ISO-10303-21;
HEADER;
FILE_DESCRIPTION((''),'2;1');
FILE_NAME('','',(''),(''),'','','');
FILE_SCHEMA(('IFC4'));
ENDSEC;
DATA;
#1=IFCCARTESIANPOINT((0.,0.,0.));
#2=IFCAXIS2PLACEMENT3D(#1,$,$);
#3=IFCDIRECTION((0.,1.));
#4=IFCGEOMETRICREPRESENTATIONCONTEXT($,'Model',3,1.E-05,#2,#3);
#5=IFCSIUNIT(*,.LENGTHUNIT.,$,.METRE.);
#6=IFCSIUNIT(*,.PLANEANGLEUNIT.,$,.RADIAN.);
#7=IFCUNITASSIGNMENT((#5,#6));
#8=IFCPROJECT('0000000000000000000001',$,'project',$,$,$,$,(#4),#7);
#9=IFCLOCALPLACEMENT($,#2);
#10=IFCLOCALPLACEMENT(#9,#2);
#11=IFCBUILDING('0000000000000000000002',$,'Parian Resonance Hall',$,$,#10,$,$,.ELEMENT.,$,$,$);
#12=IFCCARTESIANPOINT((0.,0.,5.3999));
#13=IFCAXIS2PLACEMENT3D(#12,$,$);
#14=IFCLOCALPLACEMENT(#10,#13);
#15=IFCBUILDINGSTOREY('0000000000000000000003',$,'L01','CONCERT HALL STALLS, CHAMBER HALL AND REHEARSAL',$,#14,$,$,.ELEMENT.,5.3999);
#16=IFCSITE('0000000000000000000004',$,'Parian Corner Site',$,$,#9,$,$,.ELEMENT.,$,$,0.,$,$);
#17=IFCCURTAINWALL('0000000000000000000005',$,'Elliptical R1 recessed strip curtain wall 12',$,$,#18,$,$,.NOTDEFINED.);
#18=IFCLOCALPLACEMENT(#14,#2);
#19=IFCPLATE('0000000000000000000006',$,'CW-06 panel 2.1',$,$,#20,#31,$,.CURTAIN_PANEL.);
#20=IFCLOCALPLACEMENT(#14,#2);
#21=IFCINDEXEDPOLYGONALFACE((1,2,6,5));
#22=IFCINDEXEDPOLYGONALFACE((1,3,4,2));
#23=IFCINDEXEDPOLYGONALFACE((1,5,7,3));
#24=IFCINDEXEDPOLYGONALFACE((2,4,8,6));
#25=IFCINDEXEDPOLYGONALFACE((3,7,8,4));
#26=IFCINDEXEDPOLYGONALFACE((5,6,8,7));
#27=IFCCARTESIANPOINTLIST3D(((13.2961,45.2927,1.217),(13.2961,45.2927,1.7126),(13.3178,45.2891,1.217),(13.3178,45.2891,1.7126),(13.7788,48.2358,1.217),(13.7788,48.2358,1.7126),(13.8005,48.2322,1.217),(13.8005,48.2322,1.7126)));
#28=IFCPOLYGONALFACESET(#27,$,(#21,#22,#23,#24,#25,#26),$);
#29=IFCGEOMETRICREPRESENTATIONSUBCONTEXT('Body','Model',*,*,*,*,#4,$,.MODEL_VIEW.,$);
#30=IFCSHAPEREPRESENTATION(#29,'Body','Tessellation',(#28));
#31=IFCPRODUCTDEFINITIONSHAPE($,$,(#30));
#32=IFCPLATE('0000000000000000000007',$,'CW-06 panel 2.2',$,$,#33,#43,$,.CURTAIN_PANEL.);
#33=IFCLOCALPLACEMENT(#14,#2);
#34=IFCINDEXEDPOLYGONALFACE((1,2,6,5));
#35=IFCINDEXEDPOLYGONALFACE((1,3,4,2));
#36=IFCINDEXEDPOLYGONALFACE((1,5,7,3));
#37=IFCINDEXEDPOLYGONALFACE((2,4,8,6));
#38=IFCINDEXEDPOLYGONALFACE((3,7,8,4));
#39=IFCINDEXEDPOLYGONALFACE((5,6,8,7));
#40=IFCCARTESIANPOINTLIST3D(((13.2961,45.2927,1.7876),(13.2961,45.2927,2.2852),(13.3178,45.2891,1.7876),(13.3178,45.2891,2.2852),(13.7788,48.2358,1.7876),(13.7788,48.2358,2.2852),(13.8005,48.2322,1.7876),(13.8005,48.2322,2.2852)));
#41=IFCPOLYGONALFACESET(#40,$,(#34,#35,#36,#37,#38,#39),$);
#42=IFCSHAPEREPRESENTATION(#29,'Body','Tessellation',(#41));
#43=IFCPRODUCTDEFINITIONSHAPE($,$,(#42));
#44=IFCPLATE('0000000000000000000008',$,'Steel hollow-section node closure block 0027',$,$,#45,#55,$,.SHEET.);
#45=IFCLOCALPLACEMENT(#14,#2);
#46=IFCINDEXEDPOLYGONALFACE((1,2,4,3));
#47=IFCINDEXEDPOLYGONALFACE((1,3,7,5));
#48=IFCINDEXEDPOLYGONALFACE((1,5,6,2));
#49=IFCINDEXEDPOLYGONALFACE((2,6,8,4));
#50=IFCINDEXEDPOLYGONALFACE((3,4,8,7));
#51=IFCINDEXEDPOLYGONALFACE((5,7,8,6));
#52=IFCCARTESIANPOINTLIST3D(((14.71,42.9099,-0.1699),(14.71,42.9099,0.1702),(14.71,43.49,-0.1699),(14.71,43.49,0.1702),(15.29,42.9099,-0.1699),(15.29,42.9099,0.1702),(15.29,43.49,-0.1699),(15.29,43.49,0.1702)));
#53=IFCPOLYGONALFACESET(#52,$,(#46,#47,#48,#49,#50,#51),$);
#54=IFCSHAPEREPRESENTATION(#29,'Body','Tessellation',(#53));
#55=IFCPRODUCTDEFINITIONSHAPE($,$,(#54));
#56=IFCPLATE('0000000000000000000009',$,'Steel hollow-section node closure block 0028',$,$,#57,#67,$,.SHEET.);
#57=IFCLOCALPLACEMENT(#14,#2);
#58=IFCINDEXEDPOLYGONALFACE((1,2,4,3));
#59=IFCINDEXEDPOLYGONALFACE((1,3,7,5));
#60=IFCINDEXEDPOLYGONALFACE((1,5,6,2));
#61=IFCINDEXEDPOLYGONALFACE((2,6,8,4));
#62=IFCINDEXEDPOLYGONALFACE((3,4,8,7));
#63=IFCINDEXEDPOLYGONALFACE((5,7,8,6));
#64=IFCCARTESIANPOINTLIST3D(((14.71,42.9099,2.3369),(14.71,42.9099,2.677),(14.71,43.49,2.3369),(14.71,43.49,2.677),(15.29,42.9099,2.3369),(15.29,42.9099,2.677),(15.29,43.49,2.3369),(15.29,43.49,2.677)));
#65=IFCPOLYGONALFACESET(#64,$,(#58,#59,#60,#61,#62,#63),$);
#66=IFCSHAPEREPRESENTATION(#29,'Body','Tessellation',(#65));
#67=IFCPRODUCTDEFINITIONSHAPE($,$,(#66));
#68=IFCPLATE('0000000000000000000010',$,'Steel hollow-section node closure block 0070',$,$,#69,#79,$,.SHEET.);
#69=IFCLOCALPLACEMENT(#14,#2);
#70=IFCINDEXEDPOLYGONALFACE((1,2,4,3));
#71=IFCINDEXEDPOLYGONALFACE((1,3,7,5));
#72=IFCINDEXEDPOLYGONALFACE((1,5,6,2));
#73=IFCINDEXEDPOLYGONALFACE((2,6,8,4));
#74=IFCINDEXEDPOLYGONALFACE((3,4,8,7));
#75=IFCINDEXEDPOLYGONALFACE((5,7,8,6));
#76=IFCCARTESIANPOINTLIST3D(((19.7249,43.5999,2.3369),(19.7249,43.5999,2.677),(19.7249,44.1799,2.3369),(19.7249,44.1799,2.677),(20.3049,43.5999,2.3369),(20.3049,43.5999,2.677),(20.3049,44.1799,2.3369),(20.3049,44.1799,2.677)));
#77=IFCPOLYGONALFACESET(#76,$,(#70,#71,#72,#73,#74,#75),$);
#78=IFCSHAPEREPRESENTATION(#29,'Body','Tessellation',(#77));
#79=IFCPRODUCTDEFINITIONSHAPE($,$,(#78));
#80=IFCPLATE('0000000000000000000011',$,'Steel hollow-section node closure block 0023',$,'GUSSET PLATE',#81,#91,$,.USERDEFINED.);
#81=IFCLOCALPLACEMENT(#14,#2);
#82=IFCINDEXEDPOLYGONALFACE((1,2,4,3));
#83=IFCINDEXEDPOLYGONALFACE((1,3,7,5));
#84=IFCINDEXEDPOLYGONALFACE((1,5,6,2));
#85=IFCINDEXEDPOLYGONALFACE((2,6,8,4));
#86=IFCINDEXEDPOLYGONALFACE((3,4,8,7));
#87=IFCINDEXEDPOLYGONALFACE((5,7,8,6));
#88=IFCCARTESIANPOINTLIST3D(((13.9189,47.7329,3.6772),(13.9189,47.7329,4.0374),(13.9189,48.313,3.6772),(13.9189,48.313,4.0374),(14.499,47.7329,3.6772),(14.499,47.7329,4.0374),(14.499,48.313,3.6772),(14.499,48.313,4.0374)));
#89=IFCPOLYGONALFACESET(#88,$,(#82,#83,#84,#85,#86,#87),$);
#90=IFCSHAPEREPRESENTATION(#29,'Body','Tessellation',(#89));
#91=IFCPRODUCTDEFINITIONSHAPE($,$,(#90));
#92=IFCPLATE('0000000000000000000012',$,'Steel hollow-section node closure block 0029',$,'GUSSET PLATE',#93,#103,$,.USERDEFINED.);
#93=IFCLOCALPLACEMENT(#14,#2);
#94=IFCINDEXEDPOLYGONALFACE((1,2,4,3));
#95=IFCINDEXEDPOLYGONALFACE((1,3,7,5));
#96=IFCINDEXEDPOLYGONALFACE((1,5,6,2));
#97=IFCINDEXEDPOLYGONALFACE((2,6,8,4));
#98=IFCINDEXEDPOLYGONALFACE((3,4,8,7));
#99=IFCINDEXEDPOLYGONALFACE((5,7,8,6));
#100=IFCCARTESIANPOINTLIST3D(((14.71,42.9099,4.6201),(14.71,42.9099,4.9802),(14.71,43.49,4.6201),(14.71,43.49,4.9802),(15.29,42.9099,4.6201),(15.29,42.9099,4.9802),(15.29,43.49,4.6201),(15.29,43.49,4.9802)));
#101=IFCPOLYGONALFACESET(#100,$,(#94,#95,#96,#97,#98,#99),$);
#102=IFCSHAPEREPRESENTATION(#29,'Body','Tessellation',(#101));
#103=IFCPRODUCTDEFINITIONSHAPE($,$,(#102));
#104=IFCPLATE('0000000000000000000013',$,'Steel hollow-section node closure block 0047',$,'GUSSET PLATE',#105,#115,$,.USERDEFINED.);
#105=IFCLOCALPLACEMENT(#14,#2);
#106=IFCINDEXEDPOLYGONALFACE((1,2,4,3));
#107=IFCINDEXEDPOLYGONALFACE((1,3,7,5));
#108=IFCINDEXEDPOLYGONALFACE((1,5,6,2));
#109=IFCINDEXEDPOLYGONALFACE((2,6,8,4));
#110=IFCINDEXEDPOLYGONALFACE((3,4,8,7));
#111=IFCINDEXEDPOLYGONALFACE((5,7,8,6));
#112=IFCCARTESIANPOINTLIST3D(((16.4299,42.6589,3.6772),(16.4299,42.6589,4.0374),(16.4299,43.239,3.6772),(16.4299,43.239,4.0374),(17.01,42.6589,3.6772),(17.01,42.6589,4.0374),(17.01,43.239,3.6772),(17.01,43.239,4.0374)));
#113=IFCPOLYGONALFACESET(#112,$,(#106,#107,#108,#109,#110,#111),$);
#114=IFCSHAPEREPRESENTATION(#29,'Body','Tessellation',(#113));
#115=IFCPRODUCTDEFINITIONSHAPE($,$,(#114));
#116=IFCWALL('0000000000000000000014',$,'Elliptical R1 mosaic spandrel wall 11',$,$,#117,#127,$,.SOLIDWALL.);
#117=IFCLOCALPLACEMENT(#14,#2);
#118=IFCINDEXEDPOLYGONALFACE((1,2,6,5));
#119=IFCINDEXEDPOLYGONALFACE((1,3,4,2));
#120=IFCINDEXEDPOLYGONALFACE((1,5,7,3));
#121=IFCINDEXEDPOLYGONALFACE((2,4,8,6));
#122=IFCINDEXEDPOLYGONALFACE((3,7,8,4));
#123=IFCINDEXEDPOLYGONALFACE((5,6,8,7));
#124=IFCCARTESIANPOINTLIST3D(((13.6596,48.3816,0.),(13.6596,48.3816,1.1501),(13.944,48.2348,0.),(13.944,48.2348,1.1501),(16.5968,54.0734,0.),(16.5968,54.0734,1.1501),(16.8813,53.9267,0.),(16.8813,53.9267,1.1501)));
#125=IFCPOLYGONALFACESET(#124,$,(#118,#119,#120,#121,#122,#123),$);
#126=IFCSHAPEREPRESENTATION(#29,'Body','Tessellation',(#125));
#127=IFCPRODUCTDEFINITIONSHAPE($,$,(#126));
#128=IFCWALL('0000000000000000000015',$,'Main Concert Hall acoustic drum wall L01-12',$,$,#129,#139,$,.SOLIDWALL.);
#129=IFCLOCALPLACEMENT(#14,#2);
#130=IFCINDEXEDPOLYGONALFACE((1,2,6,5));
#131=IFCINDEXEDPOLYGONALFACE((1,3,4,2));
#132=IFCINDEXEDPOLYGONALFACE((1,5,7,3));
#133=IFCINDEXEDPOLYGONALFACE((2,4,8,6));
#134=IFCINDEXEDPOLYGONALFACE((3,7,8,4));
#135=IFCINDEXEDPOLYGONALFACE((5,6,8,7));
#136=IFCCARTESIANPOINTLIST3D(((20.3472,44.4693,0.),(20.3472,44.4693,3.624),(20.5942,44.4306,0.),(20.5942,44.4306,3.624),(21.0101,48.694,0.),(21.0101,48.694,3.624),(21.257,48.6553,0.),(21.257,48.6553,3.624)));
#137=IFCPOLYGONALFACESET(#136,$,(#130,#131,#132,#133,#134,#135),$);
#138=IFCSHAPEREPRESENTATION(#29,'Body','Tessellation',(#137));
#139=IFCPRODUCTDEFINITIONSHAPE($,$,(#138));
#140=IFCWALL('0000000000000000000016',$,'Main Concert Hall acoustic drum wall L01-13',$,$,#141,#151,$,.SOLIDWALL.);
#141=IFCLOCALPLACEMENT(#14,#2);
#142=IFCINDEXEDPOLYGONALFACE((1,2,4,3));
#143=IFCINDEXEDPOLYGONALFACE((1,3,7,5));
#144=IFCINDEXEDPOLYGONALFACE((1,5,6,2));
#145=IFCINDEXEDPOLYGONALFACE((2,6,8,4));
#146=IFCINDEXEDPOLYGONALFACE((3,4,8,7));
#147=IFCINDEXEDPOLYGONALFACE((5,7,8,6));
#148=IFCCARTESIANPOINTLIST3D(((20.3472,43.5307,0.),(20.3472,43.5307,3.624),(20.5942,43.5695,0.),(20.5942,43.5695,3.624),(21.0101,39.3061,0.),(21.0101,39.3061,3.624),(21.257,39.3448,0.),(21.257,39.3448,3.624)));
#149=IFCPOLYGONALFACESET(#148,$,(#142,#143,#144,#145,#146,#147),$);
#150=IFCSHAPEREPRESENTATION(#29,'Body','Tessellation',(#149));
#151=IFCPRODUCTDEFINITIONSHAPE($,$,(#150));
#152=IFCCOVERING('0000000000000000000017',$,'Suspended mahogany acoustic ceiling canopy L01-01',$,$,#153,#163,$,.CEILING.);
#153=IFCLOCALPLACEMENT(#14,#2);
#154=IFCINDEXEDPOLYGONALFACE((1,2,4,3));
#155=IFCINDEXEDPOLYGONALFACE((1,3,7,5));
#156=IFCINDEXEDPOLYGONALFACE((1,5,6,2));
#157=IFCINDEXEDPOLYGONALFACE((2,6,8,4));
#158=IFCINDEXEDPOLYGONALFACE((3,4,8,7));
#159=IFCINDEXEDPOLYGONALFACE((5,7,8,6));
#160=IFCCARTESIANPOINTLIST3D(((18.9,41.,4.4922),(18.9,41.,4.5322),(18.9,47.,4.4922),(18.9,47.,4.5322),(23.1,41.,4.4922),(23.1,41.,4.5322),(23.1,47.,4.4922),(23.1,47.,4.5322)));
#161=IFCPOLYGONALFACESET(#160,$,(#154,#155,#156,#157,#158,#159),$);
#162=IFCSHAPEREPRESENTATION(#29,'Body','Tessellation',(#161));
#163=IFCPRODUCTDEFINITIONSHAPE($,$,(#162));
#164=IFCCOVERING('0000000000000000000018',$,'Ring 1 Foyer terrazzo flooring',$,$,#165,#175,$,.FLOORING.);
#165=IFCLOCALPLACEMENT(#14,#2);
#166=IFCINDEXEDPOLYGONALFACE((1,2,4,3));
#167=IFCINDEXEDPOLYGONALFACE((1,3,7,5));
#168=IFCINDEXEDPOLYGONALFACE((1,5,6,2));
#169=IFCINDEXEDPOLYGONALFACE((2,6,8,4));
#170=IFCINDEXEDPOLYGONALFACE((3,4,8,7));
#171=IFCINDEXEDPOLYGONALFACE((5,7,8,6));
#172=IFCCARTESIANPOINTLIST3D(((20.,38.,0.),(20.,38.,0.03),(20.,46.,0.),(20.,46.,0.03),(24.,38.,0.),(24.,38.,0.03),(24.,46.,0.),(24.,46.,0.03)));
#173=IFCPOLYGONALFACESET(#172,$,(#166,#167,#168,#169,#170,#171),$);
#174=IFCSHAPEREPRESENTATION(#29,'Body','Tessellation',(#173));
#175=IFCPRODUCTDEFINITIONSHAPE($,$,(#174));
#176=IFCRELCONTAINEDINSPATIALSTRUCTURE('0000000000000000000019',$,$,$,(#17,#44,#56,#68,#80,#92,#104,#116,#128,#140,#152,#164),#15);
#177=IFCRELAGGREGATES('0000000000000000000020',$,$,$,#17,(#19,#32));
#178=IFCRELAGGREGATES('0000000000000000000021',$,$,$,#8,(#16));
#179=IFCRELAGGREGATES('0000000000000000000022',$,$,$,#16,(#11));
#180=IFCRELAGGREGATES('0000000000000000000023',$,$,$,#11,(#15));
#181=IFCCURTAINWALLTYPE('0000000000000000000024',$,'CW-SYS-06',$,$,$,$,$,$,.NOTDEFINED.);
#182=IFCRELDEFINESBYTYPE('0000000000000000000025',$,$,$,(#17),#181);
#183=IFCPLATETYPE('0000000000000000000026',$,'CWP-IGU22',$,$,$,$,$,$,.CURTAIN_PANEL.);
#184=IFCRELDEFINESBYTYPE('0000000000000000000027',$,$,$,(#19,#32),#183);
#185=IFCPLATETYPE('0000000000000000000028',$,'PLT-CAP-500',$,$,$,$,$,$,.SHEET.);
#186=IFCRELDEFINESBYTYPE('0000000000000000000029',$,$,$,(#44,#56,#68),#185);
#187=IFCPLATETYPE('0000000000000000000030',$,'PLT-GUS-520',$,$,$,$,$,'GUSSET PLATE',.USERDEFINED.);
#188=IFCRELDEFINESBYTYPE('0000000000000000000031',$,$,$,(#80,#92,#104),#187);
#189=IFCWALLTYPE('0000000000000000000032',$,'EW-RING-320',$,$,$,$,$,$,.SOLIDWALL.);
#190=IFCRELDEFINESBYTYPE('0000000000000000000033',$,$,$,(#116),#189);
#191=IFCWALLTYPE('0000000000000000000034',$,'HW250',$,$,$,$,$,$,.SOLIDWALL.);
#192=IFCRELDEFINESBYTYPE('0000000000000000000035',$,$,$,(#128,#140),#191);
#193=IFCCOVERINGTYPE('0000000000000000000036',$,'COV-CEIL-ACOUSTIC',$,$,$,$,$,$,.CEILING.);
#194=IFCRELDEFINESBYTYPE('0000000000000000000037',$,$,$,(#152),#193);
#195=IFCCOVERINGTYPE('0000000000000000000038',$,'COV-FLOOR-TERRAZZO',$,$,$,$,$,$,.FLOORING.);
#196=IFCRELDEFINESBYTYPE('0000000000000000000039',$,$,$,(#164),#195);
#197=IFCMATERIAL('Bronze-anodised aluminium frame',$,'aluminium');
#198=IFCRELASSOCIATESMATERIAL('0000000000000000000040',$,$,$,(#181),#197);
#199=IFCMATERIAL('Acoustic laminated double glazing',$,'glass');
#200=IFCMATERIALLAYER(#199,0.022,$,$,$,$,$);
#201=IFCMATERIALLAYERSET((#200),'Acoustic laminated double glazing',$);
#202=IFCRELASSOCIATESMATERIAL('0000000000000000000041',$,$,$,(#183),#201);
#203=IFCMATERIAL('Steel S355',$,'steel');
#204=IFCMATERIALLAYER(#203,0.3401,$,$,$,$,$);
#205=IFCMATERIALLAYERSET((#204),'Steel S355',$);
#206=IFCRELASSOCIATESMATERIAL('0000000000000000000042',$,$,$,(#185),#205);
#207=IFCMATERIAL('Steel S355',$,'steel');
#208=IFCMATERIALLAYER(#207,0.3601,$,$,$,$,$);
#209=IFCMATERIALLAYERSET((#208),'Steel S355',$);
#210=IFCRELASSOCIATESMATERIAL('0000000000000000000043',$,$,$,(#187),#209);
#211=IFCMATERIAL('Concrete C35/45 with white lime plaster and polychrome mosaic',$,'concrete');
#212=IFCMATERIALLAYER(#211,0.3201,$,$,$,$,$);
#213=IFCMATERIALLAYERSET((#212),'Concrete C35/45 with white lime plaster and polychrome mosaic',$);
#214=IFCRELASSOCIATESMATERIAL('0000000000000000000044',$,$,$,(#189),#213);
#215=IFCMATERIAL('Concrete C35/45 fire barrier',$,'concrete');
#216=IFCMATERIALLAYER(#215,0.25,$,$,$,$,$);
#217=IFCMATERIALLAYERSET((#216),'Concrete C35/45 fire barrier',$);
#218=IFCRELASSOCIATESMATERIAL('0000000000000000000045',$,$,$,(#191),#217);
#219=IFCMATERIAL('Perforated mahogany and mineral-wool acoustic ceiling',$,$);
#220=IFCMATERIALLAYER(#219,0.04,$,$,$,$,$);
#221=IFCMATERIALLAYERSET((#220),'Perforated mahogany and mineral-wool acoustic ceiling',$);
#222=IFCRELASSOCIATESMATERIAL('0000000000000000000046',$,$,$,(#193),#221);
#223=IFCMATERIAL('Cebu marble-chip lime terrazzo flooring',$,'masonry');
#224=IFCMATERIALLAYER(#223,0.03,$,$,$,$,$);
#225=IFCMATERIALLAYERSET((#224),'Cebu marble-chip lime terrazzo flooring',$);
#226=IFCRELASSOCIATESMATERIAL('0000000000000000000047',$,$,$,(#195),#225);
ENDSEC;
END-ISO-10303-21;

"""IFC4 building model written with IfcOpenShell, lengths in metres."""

from ifc_helpers import new_model, si_unit, direction, frame, frame_2d, origin, origin_2d, place, context, subcontext, project, spatial, rectangle, extrude, material, layer, layer_set, type_object, element, aggregate, save


model = new_model("IFC4")

# Units and contexts
model_context = context("Model", 3, precision=1e-05, world=origin(), true_north=direction((0.0, 1.0)))
body_context = subcontext(model_context, "Body", "Model", "MODEL_VIEW")
ifc_project = project(units=[si_unit("LENGTHUNIT", "METRE"), si_unit("PLANEANGLEUNIT", "RADIAN")], contexts=[model_context])

# Site, building, storey
site_placement = place(None, origin())
site = spatial("IfcSite", under=ifc_project, at=site_placement, Name="Parian Corner Site", CompositionType="ELEMENT", RefElevation=0.0)
building_placement = place(site_placement, origin())
building = spatial("IfcBuilding", under=site, at=building_placement, Name="Parian Resonance Hall", CompositionType="ELEMENT")
storey_placement = place(building_placement, frame((0.0, 0.0, 5.3999)))
storey = spatial("IfcBuildingStorey", under=building, at=storey_placement, Name="L01", Description="CONCERT HALL STALLS, CHAMBER HALL AND REHEARSAL", CompositionType="ELEMENT", Elevation=5.3999)

# Curtain wall
ifc_material_1 = material(Name="Bronze-anodised aluminium frame", Category="aluminium")
curtain_wall_type_1 = type_object("IfcCurtainWallType", Name="CW-SYS-06", PredefinedType="NOTDEFINED", material=ifc_material_1)
curtain_wall_1_placement = place(storey_placement, origin())
curtain_wall_1 = element("IfcCurtainWall", 1, at=curtain_wall_1_placement, inside=storey, type_object=curtain_wall_type_1, Name="Elliptical R1 recessed strip curtain wall 12", PredefinedType="NOTDEFINED")

# Plates
ifc_material_2 = material(Name="Acoustic laminated double glazing", Category="glass")
ifc_layer_1 = layer(ifc_material_2, 0.022)
ifc_layer_set_1 = layer_set([ifc_layer_1], Name="Acoustic laminated double glazing")
plate_type_1 = type_object("IfcPlateType", Name="CWP-IGU22", PredefinedType="CURTAIN_PANEL", material=ifc_layer_set_1)
plate_1_placement = place(storey_placement, frame((13.5483, 46.7625, 1.217), z_axis=(0.0, 0.0, 1.0), x_axis=(0.161849, 0.986815, 0.0)))
plate_1 = element("IfcPlate", 2, at=plate_1_placement, type_object=plate_type_1, Name="CW-06 panel 2.1", PredefinedType="CURTAIN_PANEL", context=body_context, shape_type="SweptSolid", body=[
    extrude(rectangle(XDim=2.9824, YDim=0.022, at=origin_2d()), origin(), (0.0, 0.0, 1.0), 0.4956),
])
plate_2_placement = place(storey_placement, frame((13.5483, 46.7625, 1.7876), z_axis=(0.0, 0.0, 1.0), x_axis=(0.161849, 0.986815, 0.0)))
plate_2 = element("IfcPlate", 3, at=plate_2_placement, type_object=plate_type_1, Name="CW-06 panel 2.2", PredefinedType="CURTAIN_PANEL", context=body_context, shape_type="SweptSolid", body=[
    extrude(rectangle(XDim=2.9824, YDim=0.022, at=origin_2d()), origin(), (0.0, 0.0, 1.0), 0.4976),
])
aggregate(curtain_wall_1, [plate_1, plate_2])

# Plates
ifc_material_3 = material(Name="Steel S355", Category="steel")
ifc_layer_2 = layer(ifc_material_3, 0.3401)
ifc_layer_set_2 = layer_set([ifc_layer_2], Name="Steel S355")
plate_type_2 = type_object("IfcPlateType", Name="PLT-CAP-500", PredefinedType="SHEET", material=ifc_layer_set_2)
for number, where, z_axis, x_axis, name in (
    (4, (15.0, 43.2, -0.1699), (0.0, 0.0, 1.0), (1.0, 0.0, 0.0), "Steel hollow-section node closure block 0027"),
    (5, (15.0, 43.2, 2.3369), (0.0, 0.0, 1.0), (1.0, 0.0, 0.0), "Steel hollow-section node closure block 0028"),
    (6, (20.0149, 43.8899, 2.3369), (0.0, 0.0, 1.0), (1.0, 0.0, 0.0), "Steel hollow-section node closure block 0070"),
):
    element("IfcPlate", number, at=place(storey_placement, frame(where, z_axis=z_axis, x_axis=x_axis)), inside=storey, type_object=plate_type_2, Name=name, PredefinedType="SHEET", context=body_context, shape_type="SweptSolid", body=[
        extrude(rectangle(XDim=0.5801, YDim=0.5801, at=origin_2d()), origin(), (0.0, 0.0, 1.0), 0.3401),
    ])
ifc_material_4 = material(Name="Steel S355", Category="steel")
ifc_layer_3 = layer(ifc_material_4, 0.3601)
ifc_layer_set_3 = layer_set([ifc_layer_3], Name="Steel S355")
plate_type_3 = type_object("IfcPlateType", Name="PLT-GUS-520", ElementType="GUSSET PLATE", PredefinedType="USERDEFINED", material=ifc_layer_set_3)
for number, where, z_axis, x_axis, name in (
    (7, (14.209, 48.0229, 3.6772), (0.0, 0.0, 1.0), (1.0, 0.0, 0.0), "Steel hollow-section node closure block 0023"),
    (8, (15.0, 43.2, 4.6201), (0.0, 0.0, 1.0), (1.0, 0.0, 0.0), "Steel hollow-section node closure block 0029"),
    (9, (16.72, 42.949, 3.6772), (0.0, 0.0, 1.0), (1.0, 0.0, 0.0), "Steel hollow-section node closure block 0047"),
):
    element("IfcPlate", number, at=place(storey_placement, frame(where, z_axis=z_axis, x_axis=x_axis)), inside=storey, type_object=plate_type_3, Name=name, ObjectType="GUSSET PLATE", PredefinedType="USERDEFINED", context=body_context, shape_type="SweptSolid", body=[
        extrude(rectangle(XDim=0.5801, YDim=0.5801, at=origin_2d()), origin(), (0.0, 0.0, 1.0), 0.3601),
    ])

# Walls
ifc_material_5 = material(Name="Concrete C35/45 with white lime plaster and polychrome mosaic", Category="concrete")
ifc_layer_4 = layer(ifc_material_5, 0.3201)
ifc_layer_set_4 = layer_set([ifc_layer_4], Name="Concrete C35/45 with white lime plaster and polychrome mosaic")
wall_type_1 = type_object("IfcWallType", Name="EW-RING-320", PredefinedType="SOLIDWALL", material=ifc_layer_set_4)
wall_placement = place(storey_placement, frame((13.8018, 48.3081, 0.0), z_axis=(0.0, 0.0, 1.0), x_axis=(0.458582, 0.888652, 0.0)))
element("IfcWall", 10, at=wall_placement, inside=storey, type_object=wall_type_1, Name="Elliptical R1 mosaic spandrel wall 11", PredefinedType="SOLIDWALL", context=body_context, shape_type="SweptSolid", body=[
    extrude(rectangle(XDim=6.405, YDim=0.3201, at=frame_2d((3.2026, 0.0))), origin(), (0.0, 0.0, 1.0), 1.1501),
])
ifc_material_6 = material(Name="Concrete C35/45 fire barrier", Category="concrete")
ifc_layer_5 = layer(ifc_material_6, 0.25)
ifc_layer_set_5 = layer_set([ifc_layer_5], Name="Concrete C35/45 fire barrier")
wall_type_2 = type_object("IfcWallType", Name="HW250", PredefinedType="SOLIDWALL", material=ifc_layer_set_5)
for number, where, z_axis, x_axis, name in (
    (11, (20.4707, 44.45, 0.0), (0.0, 0.0, 1.0), (0.155004, 0.987914, 0.0), "Main Concert Hall acoustic drum wall L01-12"),
    (12, (21.1335, 39.3254, 0.0), (0.0, 0.0, 1.0), (-0.155004, 0.987914, 0.0), "Main Concert Hall acoustic drum wall L01-13"),
):
    element("IfcWall", number, at=place(storey_placement, frame(where, z_axis=z_axis, x_axis=x_axis)), inside=storey, type_object=wall_type_2, Name=name, PredefinedType="SOLIDWALL", context=body_context, shape_type="SweptSolid", body=[
        extrude(rectangle(XDim=4.2764, YDim=0.25, at=frame_2d((2.1382, 0.0))), origin(), (0.0, 0.0, 1.0), 3.624),
    ])

# Coverings
ifc_material_7 = material(Name="Perforated mahogany and mineral-wool acoustic ceiling")
ifc_layer_6 = layer(ifc_material_7, 0.04)
ifc_layer_set_6 = layer_set([ifc_layer_6], Name="Perforated mahogany and mineral-wool acoustic ceiling")
covering_type_1 = type_object("IfcCoveringType", Name="COV-CEIL-ACOUSTIC", PredefinedType="CEILING", material=ifc_layer_set_6)
covering_1_placement = place(storey_placement, frame((21.0, 44.0, 4.4922), z_axis=(0.0, 0.0, 1.0), x_axis=(1.0, 0.0, 0.0)))
element("IfcCovering", 13, at=covering_1_placement, inside=storey, type_object=covering_type_1, Name="Suspended mahogany acoustic ceiling canopy L01-01", PredefinedType="CEILING", context=body_context, shape_type="SweptSolid", body=[
    extrude(rectangle(XDim=4.2, YDim=6.0, at=origin_2d()), origin(), (0.0, 0.0, 1.0), 0.04),
])
ifc_material_8 = material(Name="Cebu marble-chip lime terrazzo flooring", Category="masonry")
ifc_layer_7 = layer(ifc_material_8, 0.03)
ifc_layer_set_7 = layer_set([ifc_layer_7], Name="Cebu marble-chip lime terrazzo flooring")
covering_type_2 = type_object("IfcCoveringType", Name="COV-FLOOR-TERRAZZO", PredefinedType="FLOORING", material=ifc_layer_set_7)
covering_2_placement = place(storey_placement, frame((22.0, 42.0, 0.0), z_axis=(0.0, 0.0, 1.0), x_axis=(1.0, 0.0, 0.0)))
element("IfcCovering", 14, at=covering_2_placement, inside=storey, type_object=covering_type_2, Name="Ring 1 Foyer terrazzo flooring", PredefinedType="FLOORING", context=body_context, shape_type="SweptSolid", body=[
    extrude(rectangle(XDim=4.0, YDim=8.0, at=origin_2d()), origin(), (0.0, 0.0, 1.0), 0.03),
])

save(model, "model.ifc")
